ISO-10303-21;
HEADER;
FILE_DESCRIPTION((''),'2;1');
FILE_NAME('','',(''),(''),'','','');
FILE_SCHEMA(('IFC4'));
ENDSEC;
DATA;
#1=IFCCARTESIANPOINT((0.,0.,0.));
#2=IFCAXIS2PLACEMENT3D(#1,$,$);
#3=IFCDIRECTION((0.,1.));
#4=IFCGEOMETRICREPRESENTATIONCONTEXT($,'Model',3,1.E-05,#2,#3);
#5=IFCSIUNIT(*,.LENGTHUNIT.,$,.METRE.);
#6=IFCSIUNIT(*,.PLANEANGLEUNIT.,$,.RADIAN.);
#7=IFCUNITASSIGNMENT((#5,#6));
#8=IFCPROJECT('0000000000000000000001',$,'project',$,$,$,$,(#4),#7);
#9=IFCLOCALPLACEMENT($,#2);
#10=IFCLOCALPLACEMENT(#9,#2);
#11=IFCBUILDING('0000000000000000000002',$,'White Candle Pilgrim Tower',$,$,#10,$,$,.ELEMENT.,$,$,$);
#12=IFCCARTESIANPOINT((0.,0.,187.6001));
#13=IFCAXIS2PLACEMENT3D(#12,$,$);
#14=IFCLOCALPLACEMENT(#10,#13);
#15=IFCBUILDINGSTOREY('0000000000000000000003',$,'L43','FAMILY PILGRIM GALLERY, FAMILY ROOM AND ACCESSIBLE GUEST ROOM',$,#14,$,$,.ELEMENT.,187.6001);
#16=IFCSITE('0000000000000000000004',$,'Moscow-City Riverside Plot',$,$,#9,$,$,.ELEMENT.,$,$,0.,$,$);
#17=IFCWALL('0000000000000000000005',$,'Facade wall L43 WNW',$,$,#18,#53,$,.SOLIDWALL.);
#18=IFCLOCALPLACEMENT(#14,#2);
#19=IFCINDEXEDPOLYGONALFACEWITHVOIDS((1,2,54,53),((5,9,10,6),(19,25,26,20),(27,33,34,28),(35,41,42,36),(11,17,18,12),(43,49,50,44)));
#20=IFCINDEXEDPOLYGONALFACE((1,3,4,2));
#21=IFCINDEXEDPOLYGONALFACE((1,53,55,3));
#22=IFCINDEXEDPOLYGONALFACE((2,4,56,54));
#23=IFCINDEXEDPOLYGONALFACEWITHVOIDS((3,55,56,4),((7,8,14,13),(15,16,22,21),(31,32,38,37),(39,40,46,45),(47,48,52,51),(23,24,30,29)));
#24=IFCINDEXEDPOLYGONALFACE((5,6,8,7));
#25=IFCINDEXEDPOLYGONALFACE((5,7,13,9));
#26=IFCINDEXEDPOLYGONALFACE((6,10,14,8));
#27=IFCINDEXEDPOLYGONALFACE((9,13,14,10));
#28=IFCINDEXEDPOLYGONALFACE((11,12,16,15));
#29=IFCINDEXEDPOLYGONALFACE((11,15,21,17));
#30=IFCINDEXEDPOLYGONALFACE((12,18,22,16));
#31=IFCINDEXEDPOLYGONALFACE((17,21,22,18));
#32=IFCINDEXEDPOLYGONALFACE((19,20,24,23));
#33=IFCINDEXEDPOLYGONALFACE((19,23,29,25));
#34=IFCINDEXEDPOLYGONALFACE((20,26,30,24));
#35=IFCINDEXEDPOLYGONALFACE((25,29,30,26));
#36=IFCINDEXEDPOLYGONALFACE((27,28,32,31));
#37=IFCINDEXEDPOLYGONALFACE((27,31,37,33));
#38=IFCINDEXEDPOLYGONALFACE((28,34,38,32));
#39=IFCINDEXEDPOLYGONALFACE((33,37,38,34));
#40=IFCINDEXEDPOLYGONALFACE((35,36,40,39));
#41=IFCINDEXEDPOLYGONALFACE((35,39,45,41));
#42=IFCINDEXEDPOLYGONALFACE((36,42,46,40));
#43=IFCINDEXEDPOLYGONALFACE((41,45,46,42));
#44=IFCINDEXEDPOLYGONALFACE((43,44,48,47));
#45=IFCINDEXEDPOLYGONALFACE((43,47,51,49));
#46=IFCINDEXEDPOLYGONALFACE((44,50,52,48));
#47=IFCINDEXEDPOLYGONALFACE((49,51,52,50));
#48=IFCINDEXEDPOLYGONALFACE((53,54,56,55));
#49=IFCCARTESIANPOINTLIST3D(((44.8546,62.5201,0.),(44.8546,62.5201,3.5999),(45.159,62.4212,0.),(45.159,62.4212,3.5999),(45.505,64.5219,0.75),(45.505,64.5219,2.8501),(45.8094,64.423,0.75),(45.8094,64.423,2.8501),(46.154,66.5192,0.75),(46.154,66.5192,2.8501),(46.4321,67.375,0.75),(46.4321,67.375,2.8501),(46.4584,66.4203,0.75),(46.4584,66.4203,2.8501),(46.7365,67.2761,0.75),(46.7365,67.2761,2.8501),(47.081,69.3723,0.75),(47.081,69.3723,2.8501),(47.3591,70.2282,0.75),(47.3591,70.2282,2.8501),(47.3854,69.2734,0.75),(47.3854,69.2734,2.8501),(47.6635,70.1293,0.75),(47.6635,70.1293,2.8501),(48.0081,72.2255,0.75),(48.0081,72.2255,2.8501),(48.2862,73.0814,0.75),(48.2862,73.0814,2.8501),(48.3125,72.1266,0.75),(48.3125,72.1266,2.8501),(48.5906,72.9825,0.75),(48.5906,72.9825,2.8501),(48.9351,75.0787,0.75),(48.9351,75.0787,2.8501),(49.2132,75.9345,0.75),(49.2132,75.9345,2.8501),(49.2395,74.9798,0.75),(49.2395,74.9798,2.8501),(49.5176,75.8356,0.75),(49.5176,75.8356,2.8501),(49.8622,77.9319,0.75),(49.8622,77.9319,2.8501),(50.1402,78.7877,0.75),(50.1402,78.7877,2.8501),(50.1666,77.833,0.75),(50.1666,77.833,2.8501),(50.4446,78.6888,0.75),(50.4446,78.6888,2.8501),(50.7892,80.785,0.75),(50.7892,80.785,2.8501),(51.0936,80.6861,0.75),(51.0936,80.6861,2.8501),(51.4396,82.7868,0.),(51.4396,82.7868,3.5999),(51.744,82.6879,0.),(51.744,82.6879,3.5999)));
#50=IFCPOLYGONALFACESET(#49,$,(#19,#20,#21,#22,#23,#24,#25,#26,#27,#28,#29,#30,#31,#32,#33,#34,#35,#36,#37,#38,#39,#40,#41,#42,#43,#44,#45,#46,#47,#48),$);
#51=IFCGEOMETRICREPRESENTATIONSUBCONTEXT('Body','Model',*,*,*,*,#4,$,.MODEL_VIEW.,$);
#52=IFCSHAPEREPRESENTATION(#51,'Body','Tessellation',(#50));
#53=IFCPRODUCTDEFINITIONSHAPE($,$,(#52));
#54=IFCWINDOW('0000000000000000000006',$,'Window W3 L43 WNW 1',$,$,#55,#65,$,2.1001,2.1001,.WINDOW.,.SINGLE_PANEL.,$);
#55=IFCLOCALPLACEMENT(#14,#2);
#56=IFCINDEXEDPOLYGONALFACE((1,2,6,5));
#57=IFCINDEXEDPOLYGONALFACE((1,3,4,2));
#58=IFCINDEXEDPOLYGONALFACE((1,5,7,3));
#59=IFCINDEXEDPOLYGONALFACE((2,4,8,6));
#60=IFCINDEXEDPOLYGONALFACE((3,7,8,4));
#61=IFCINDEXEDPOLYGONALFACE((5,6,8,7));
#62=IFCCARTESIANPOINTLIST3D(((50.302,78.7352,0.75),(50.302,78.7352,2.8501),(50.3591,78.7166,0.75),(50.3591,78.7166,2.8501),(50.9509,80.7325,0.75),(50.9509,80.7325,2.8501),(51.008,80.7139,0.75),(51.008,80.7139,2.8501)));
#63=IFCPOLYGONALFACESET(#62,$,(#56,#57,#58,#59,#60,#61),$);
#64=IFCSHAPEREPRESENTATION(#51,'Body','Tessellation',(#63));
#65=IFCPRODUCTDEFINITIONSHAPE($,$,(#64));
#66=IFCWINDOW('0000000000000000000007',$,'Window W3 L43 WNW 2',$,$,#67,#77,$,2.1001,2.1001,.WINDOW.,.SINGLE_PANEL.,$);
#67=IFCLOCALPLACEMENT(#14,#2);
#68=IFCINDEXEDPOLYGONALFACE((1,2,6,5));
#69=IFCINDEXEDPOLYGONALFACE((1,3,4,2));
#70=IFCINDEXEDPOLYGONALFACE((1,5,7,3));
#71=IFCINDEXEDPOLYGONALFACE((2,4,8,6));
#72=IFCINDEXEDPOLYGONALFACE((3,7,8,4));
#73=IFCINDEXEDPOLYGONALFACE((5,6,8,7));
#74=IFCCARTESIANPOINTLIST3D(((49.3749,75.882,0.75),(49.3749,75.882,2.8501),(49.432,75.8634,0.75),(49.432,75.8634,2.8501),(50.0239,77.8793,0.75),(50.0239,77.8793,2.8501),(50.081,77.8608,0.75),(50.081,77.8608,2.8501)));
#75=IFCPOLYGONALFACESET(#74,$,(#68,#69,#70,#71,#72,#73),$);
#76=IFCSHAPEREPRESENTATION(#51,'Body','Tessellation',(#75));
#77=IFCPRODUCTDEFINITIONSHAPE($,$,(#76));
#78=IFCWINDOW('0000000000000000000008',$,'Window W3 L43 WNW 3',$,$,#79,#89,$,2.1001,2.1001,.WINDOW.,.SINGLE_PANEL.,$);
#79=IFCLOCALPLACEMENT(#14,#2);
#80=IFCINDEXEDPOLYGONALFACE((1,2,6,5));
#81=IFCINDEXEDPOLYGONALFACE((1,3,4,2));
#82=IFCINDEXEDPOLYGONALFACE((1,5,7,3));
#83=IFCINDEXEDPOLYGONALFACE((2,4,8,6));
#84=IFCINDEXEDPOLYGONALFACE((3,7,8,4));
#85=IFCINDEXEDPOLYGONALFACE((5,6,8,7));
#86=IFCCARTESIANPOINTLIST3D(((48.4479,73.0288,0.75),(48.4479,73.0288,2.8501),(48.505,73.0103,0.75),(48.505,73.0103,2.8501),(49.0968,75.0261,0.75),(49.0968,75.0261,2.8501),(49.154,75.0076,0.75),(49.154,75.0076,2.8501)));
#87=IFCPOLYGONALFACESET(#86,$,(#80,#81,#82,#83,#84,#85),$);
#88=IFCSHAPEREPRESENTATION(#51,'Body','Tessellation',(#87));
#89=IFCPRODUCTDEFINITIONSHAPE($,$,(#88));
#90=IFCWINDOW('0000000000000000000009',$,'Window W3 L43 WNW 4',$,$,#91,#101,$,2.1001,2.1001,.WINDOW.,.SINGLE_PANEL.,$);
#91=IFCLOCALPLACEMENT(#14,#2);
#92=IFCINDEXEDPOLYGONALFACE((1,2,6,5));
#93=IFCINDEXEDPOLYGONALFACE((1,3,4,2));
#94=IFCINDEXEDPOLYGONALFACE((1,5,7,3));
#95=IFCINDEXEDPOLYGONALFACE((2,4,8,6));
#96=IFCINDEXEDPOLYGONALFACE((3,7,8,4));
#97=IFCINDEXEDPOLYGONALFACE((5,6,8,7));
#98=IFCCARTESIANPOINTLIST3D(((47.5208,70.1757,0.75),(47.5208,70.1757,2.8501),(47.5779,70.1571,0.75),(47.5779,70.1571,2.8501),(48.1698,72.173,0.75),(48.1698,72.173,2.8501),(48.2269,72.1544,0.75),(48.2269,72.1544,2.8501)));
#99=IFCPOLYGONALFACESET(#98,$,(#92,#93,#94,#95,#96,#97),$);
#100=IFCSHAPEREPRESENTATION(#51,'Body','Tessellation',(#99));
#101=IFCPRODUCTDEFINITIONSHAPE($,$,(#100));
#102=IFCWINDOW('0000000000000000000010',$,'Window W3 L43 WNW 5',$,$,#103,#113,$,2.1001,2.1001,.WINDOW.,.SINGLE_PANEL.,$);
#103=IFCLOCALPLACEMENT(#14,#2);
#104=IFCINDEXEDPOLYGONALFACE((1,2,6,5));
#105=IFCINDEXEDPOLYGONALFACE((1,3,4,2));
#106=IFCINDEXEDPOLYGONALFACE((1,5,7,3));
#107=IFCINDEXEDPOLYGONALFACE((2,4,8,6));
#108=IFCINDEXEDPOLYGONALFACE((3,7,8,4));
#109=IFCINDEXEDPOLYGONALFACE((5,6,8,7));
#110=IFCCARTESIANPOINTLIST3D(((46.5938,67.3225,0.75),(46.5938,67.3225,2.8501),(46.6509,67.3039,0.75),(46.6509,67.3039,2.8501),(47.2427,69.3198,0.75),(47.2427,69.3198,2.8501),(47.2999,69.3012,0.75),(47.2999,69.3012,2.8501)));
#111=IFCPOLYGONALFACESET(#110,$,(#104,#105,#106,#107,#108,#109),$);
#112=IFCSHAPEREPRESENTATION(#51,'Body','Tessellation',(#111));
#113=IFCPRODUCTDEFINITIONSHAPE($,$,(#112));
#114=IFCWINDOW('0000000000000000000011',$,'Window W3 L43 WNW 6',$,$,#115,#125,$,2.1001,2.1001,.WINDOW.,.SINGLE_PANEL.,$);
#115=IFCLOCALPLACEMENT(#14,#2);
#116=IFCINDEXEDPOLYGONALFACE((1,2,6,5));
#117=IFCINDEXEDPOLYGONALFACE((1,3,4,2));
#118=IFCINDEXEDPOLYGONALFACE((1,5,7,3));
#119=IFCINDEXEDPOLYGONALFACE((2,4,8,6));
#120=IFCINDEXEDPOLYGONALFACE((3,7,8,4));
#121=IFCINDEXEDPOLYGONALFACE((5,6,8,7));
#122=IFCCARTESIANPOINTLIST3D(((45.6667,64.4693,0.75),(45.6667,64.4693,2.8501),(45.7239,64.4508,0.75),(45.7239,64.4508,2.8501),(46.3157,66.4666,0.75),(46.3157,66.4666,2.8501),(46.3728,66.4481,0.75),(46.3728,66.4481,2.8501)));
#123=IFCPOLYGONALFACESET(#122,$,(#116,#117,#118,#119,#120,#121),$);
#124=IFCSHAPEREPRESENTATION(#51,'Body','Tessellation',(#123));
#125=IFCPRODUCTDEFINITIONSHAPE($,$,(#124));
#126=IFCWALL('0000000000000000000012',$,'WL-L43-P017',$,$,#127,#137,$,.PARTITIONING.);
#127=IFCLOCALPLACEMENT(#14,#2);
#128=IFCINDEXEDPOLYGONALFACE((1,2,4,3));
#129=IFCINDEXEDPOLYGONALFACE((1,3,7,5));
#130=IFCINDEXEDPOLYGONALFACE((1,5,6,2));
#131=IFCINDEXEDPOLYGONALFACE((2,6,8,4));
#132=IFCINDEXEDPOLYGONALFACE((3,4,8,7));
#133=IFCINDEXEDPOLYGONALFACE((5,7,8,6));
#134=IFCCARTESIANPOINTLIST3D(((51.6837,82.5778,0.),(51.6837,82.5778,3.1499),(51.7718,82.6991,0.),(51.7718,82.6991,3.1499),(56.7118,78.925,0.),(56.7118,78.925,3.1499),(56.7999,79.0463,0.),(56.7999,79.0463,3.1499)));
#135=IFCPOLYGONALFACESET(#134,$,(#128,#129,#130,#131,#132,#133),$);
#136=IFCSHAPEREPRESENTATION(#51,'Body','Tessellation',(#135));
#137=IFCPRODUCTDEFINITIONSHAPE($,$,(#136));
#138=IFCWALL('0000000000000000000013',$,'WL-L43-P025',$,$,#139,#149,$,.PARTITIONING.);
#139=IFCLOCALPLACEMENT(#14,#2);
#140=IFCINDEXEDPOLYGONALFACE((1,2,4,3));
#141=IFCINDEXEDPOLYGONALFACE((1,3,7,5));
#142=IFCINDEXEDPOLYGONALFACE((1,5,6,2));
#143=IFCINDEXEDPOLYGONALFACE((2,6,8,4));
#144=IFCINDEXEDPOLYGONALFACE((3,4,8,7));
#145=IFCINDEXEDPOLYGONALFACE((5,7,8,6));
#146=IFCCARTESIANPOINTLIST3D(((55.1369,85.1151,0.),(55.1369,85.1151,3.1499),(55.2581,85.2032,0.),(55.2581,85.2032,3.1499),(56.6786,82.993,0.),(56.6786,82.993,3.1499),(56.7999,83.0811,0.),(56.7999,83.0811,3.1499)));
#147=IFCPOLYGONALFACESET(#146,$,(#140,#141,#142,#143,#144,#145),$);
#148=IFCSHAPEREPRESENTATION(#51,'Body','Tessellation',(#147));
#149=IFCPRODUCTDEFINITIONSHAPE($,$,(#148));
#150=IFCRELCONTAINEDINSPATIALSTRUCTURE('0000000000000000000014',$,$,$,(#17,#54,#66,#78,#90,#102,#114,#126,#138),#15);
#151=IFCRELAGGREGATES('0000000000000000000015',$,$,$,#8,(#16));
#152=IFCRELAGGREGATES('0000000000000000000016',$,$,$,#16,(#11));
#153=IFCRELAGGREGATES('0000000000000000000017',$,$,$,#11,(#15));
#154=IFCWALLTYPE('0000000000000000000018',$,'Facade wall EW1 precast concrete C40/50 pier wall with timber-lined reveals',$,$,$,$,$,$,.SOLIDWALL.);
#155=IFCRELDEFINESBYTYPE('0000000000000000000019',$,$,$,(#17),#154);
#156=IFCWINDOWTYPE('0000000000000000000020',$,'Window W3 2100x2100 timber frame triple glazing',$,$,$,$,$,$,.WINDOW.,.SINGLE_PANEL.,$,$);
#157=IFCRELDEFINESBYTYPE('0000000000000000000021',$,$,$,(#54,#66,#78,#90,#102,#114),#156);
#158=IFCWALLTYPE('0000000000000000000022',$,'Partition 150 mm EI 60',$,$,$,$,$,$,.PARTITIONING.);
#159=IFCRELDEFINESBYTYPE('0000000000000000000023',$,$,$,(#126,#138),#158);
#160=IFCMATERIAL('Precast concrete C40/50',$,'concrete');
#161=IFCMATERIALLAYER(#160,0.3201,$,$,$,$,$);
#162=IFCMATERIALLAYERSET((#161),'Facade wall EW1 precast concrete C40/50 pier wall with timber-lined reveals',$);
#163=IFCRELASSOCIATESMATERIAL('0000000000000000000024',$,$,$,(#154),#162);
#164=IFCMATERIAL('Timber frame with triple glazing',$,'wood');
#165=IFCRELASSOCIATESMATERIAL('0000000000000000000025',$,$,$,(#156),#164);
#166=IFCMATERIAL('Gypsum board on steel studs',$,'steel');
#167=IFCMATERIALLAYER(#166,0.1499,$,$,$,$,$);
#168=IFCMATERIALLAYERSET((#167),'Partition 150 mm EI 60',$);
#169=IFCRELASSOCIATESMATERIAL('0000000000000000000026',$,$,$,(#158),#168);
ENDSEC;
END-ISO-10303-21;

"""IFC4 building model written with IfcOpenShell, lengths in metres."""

from ifc_helpers import new_model, si_unit, direction, frame, frame_2d, origin, place, context, subcontext, project, spatial, rectangle, extrude, material, layer, layer_set, type_object, element, fill, save


model = new_model("IFC4")

# Units and contexts
model_context = context("Model", 3, precision=1e-05, world=origin(), true_north=direction((0.0, 1.0)))
body_context = subcontext(model_context, "Body", "Model", "MODEL_VIEW")
ifc_project = project(units=[si_unit("LENGTHUNIT", "METRE"), si_unit("PLANEANGLEUNIT", "RADIAN")], contexts=[model_context])

# Site, building, storey
site_placement = place(None, origin())
site = spatial("IfcSite", under=ifc_project, at=site_placement, Name="Moscow-City Riverside Plot", CompositionType="ELEMENT", RefElevation=0.0)
building_placement = place(site_placement, origin())
building = spatial("IfcBuilding", under=site, at=building_placement, Name="White Candle Pilgrim Tower", CompositionType="ELEMENT")
storey_placement = place(building_placement, frame((0.0, 0.0, 187.6001)))
storey = spatial("IfcBuildingStorey", under=building, at=storey_placement, Name="L43", Description="FAMILY PILGRIM GALLERY, FAMILY ROOM AND ACCESSIBLE GUEST ROOM", CompositionType="ELEMENT", Elevation=187.6001)

# Wall, openings, windows
ifc_material_1 = material(Name="Precast concrete C40/50", Category="concrete")
ifc_layer_1 = layer(ifc_material_1, 0.3201)
ifc_layer_set_1 = layer_set([ifc_layer_1], Name="Facade wall EW1 precast concrete C40/50 pier wall with timber-lined reveals")
wall_type_1 = type_object("IfcWallType", Name="Facade wall EW1 precast concrete C40/50 pier wall with timber-lined reveals", PredefinedType="SOLIDWALL", material=ifc_layer_set_1)
ifc_material_2 = material(Name="Timber frame with triple glazing", Category="wood")
wall_1_placement = place(storey_placement, frame((51.5918, 82.7373, 0.0), z_axis=(0.0, 0.0, 1.0), x_axis=(-0.309015, -0.951057, 0.0)))
wall_1 = element("IfcWall", 1, at=wall_1_placement, inside=storey, type_object=wall_type_1, Name="Facade wall L43 WNW", PredefinedType="SOLIDWALL", context=body_context, shape_type="SweptSolid", body=[
    extrude(rectangle(XDim=21.3096, YDim=0.3201, at=frame_2d((10.6548, 0.0))), origin(), (0.0, 0.0, 1.0), 3.5999),
])
opening_1_placement = place(wall_1_placement, frame((2.1047, 0.0, 0.75)))
opening_1 = element("IfcOpeningElement", 2, at=opening_1_placement, cuts=wall_1, PredefinedType="OPENING", context=body_context, shape_type="SweptSolid", body=[
    extrude(rectangle(XDim=2.1001, YDim=2.1001, at=frame_2d((1.05, 1.05))), frame((0.0, 0.1699, 0.0), z_axis=(0.0, -1.0, 0.0), x_axis=(1.0, 0.0, 0.0)), (0.0, 0.0, 1.0), 0.3401),
])
opening_2_placement = place(wall_1_placement, frame((5.1047, 0.0, 0.75)))
opening_2 = element("IfcOpeningElement", 3, at=opening_2_placement, cuts=wall_1, PredefinedType="OPENING", context=body_context, shape_type="SweptSolid", body=[
    extrude(rectangle(XDim=2.1001, YDim=2.1001, at=frame_2d((1.05, 1.05))), frame((0.0, 0.1699, 0.0), z_axis=(0.0, -1.0, 0.0), x_axis=(1.0, 0.0, 0.0)), (0.0, 0.0, 1.0), 0.3401),
])
opening_3_placement = place(wall_1_placement, frame((8.1047, 0.0, 0.75)))
opening_3 = element("IfcOpeningElement", 4, at=opening_3_placement, cuts=wall_1, PredefinedType="OPENING", context=body_context, shape_type="SweptSolid", body=[
    extrude(rectangle(XDim=2.1001, YDim=2.1001, at=frame_2d((1.05, 1.05))), frame((0.0, 0.1699, 0.0), z_axis=(0.0, -1.0, 0.0), x_axis=(1.0, 0.0, 0.0)), (0.0, 0.0, 1.0), 0.3401),
])
opening_4_placement = place(wall_1_placement, frame((11.1047, 0.0, 0.75)))
opening_4 = element("IfcOpeningElement", 5, at=opening_4_placement, cuts=wall_1, PredefinedType="OPENING", context=body_context, shape_type="SweptSolid", body=[
    extrude(rectangle(XDim=2.1001, YDim=2.1001, at=frame_2d((1.05, 1.05))), frame((0.0, 0.1699, 0.0), z_axis=(0.0, -1.0, 0.0), x_axis=(1.0, 0.0, 0.0)), (0.0, 0.0, 1.0), 0.3401),
])
opening_5_placement = place(wall_1_placement, frame((14.1047, 0.0, 0.75)))
opening_5 = element("IfcOpeningElement", 6, at=opening_5_placement, cuts=wall_1, PredefinedType="OPENING", context=body_context, shape_type="SweptSolid", body=[
    extrude(rectangle(XDim=2.1001, YDim=2.1001, at=frame_2d((1.05, 1.05))), frame((0.0, 0.1699, 0.0), z_axis=(0.0, -1.0, 0.0), x_axis=(1.0, 0.0, 0.0)), (0.0, 0.0, 1.0), 0.3401),
])
opening_6_placement = place(wall_1_placement, frame((17.1047, 0.0, 0.75)))
opening_6 = element("IfcOpeningElement", 7, at=opening_6_placement, cuts=wall_1, PredefinedType="OPENING", context=body_context, shape_type="SweptSolid", body=[
    extrude(rectangle(XDim=2.1001, YDim=2.1001, at=frame_2d((1.05, 1.05))), frame((0.0, 0.1699, 0.0), z_axis=(0.0, -1.0, 0.0), x_axis=(1.0, 0.0, 0.0)), (0.0, 0.0, 1.0), 0.3401),
])
window_type_1 = type_object("IfcWindowType", Name="Window W3 2100x2100 timber frame triple glazing", PartitioningType="SINGLE_PANEL", PredefinedType="WINDOW", material=ifc_material_2)
window_1_placement = place(opening_1_placement, origin())
window_1 = element("IfcWindow", 8, at=window_1_placement, inside=storey, type_object=window_type_1, Name="Window W3 L43 WNW 1", OverallHeight=2.1001, OverallWidth=2.1001, PartitioningType="SINGLE_PANEL", PredefinedType="WINDOW", context=body_context, shape_type="SweptSolid", body=[
    extrude(rectangle(XDim=2.1001, YDim=2.1001, at=frame_2d((1.05, 1.05))), frame((0.0, 0.0701, 0.0), z_axis=(0.0, -1.0, 0.0), x_axis=(1.0, 0.0, 0.0)), (0.0, 0.0, 1.0), 0.0601),
])
fill(opening_1, window_1)
window_2_placement = place(opening_2_placement, origin())
window_2 = element("IfcWindow", 9, at=window_2_placement, inside=storey, type_object=window_type_1, Name="Window W3 L43 WNW 2", OverallHeight=2.1001, OverallWidth=2.1001, PartitioningType="SINGLE_PANEL", PredefinedType="WINDOW", context=body_context, shape_type="SweptSolid", body=[
    extrude(rectangle(XDim=2.1001, YDim=2.1001, at=frame_2d((1.05, 1.05))), frame((0.0, 0.0701, 0.0), z_axis=(0.0, -1.0, 0.0), x_axis=(1.0, 0.0, 0.0)), (0.0, 0.0, 1.0), 0.0601),
])
fill(opening_2, window_2)
window_3_placement = place(opening_3_placement, origin())
window_3 = element("IfcWindow", 10, at=window_3_placement, inside=storey, type_object=window_type_1, Name="Window W3 L43 WNW 3", OverallHeight=2.1001, OverallWidth=2.1001, PartitioningType="SINGLE_PANEL", PredefinedType="WINDOW", context=body_context, shape_type="SweptSolid", body=[
    extrude(rectangle(XDim=2.1001, YDim=2.1001, at=frame_2d((1.05, 1.05))), frame((0.0, 0.0701, 0.0), z_axis=(0.0, -1.0, 0.0), x_axis=(1.0, 0.0, 0.0)), (0.0, 0.0, 1.0), 0.0601),
])
fill(opening_3, window_3)
window_4_placement = place(opening_4_placement, origin())
window_4 = element("IfcWindow", 11, at=window_4_placement, inside=storey, type_object=window_type_1, Name="Window W3 L43 WNW 4", OverallHeight=2.1001, OverallWidth=2.1001, PartitioningType="SINGLE_PANEL", PredefinedType="WINDOW", context=body_context, shape_type="SweptSolid", body=[
    extrude(rectangle(XDim=2.1001, YDim=2.1001, at=frame_2d((1.05, 1.05))), frame((0.0, 0.0701, 0.0), z_axis=(0.0, -1.0, 0.0), x_axis=(1.0, 0.0, 0.0)), (0.0, 0.0, 1.0), 0.0601),
])
fill(opening_4, window_4)
window_5_placement = place(opening_5_placement, origin())
window_5 = element("IfcWindow", 12, at=window_5_placement, inside=storey, type_object=window_type_1, Name="Window W3 L43 WNW 5", OverallHeight=2.1001, OverallWidth=2.1001, PartitioningType="SINGLE_PANEL", PredefinedType="WINDOW", context=body_context, shape_type="SweptSolid", body=[
    extrude(rectangle(XDim=2.1001, YDim=2.1001, at=frame_2d((1.05, 1.05))), frame((0.0, 0.0701, 0.0), z_axis=(0.0, -1.0, 0.0), x_axis=(1.0, 0.0, 0.0)), (0.0, 0.0, 1.0), 0.0601),
])
fill(opening_5, window_5)
window_6_placement = place(opening_6_placement, origin())
window_6 = element("IfcWindow", 13, at=window_6_placement, inside=storey, type_object=window_type_1, Name="Window W3 L43 WNW 6", OverallHeight=2.1001, OverallWidth=2.1001, PartitioningType="SINGLE_PANEL", PredefinedType="WINDOW", context=body_context, shape_type="SweptSolid", body=[
    extrude(rectangle(XDim=2.1001, YDim=2.1001, at=frame_2d((1.05, 1.05))), frame((0.0, 0.0701, 0.0), z_axis=(0.0, -1.0, 0.0), x_axis=(1.0, 0.0, 0.0)), (0.0, 0.0, 1.0), 0.0601),
])
fill(opening_6, window_6)

# Walls
ifc_material_3 = material(Name="Gypsum board on steel studs", Category="steel")
ifc_layer_2 = layer(ifc_material_3, 0.1499)
ifc_layer_set_2 = layer_set([ifc_layer_2], Name="Partition 150 mm EI 60")
wall_type_2 = type_object("IfcWallType", Name="Partition 150 mm EI 60", PredefinedType="PARTITIONING", material=ifc_layer_set_2)
wall_2_placement = place(storey_placement, frame((51.7278, 82.6384, 0.0), z_axis=(0.0, 0.0, 1.0), x_axis=(0.809038, -0.587756, 0.0)))
element("IfcWall", 14, at=wall_2_placement, inside=storey, type_object=wall_type_2, Name="WL-L43-P017", PredefinedType="PARTITIONING", context=body_context, shape_type="SweptSolid", body=[
    extrude(rectangle(XDim=6.2148, YDim=0.1499, at=frame_2d((3.1074, 0.0))), origin(), (0.0, 0.0, 1.0), 3.1499),
])
wall_3_placement = place(storey_placement, frame((55.1975, 85.1592, 0.0), z_axis=(0.0, 0.0, 1.0), x_axis=(0.587779, -0.809022, 0.0)))
element("IfcWall", 15, at=wall_3_placement, inside=storey, type_object=wall_type_2, Name="WL-L43-P025", PredefinedType="PARTITIONING", context=body_context, shape_type="SweptSolid", body=[
    extrude(rectangle(XDim=2.623, YDim=0.1499, at=frame_2d((1.3115, 0.0))), origin(), (0.0, 0.0, 1.0), 3.1499),
])

save(model, "model.ifc")
